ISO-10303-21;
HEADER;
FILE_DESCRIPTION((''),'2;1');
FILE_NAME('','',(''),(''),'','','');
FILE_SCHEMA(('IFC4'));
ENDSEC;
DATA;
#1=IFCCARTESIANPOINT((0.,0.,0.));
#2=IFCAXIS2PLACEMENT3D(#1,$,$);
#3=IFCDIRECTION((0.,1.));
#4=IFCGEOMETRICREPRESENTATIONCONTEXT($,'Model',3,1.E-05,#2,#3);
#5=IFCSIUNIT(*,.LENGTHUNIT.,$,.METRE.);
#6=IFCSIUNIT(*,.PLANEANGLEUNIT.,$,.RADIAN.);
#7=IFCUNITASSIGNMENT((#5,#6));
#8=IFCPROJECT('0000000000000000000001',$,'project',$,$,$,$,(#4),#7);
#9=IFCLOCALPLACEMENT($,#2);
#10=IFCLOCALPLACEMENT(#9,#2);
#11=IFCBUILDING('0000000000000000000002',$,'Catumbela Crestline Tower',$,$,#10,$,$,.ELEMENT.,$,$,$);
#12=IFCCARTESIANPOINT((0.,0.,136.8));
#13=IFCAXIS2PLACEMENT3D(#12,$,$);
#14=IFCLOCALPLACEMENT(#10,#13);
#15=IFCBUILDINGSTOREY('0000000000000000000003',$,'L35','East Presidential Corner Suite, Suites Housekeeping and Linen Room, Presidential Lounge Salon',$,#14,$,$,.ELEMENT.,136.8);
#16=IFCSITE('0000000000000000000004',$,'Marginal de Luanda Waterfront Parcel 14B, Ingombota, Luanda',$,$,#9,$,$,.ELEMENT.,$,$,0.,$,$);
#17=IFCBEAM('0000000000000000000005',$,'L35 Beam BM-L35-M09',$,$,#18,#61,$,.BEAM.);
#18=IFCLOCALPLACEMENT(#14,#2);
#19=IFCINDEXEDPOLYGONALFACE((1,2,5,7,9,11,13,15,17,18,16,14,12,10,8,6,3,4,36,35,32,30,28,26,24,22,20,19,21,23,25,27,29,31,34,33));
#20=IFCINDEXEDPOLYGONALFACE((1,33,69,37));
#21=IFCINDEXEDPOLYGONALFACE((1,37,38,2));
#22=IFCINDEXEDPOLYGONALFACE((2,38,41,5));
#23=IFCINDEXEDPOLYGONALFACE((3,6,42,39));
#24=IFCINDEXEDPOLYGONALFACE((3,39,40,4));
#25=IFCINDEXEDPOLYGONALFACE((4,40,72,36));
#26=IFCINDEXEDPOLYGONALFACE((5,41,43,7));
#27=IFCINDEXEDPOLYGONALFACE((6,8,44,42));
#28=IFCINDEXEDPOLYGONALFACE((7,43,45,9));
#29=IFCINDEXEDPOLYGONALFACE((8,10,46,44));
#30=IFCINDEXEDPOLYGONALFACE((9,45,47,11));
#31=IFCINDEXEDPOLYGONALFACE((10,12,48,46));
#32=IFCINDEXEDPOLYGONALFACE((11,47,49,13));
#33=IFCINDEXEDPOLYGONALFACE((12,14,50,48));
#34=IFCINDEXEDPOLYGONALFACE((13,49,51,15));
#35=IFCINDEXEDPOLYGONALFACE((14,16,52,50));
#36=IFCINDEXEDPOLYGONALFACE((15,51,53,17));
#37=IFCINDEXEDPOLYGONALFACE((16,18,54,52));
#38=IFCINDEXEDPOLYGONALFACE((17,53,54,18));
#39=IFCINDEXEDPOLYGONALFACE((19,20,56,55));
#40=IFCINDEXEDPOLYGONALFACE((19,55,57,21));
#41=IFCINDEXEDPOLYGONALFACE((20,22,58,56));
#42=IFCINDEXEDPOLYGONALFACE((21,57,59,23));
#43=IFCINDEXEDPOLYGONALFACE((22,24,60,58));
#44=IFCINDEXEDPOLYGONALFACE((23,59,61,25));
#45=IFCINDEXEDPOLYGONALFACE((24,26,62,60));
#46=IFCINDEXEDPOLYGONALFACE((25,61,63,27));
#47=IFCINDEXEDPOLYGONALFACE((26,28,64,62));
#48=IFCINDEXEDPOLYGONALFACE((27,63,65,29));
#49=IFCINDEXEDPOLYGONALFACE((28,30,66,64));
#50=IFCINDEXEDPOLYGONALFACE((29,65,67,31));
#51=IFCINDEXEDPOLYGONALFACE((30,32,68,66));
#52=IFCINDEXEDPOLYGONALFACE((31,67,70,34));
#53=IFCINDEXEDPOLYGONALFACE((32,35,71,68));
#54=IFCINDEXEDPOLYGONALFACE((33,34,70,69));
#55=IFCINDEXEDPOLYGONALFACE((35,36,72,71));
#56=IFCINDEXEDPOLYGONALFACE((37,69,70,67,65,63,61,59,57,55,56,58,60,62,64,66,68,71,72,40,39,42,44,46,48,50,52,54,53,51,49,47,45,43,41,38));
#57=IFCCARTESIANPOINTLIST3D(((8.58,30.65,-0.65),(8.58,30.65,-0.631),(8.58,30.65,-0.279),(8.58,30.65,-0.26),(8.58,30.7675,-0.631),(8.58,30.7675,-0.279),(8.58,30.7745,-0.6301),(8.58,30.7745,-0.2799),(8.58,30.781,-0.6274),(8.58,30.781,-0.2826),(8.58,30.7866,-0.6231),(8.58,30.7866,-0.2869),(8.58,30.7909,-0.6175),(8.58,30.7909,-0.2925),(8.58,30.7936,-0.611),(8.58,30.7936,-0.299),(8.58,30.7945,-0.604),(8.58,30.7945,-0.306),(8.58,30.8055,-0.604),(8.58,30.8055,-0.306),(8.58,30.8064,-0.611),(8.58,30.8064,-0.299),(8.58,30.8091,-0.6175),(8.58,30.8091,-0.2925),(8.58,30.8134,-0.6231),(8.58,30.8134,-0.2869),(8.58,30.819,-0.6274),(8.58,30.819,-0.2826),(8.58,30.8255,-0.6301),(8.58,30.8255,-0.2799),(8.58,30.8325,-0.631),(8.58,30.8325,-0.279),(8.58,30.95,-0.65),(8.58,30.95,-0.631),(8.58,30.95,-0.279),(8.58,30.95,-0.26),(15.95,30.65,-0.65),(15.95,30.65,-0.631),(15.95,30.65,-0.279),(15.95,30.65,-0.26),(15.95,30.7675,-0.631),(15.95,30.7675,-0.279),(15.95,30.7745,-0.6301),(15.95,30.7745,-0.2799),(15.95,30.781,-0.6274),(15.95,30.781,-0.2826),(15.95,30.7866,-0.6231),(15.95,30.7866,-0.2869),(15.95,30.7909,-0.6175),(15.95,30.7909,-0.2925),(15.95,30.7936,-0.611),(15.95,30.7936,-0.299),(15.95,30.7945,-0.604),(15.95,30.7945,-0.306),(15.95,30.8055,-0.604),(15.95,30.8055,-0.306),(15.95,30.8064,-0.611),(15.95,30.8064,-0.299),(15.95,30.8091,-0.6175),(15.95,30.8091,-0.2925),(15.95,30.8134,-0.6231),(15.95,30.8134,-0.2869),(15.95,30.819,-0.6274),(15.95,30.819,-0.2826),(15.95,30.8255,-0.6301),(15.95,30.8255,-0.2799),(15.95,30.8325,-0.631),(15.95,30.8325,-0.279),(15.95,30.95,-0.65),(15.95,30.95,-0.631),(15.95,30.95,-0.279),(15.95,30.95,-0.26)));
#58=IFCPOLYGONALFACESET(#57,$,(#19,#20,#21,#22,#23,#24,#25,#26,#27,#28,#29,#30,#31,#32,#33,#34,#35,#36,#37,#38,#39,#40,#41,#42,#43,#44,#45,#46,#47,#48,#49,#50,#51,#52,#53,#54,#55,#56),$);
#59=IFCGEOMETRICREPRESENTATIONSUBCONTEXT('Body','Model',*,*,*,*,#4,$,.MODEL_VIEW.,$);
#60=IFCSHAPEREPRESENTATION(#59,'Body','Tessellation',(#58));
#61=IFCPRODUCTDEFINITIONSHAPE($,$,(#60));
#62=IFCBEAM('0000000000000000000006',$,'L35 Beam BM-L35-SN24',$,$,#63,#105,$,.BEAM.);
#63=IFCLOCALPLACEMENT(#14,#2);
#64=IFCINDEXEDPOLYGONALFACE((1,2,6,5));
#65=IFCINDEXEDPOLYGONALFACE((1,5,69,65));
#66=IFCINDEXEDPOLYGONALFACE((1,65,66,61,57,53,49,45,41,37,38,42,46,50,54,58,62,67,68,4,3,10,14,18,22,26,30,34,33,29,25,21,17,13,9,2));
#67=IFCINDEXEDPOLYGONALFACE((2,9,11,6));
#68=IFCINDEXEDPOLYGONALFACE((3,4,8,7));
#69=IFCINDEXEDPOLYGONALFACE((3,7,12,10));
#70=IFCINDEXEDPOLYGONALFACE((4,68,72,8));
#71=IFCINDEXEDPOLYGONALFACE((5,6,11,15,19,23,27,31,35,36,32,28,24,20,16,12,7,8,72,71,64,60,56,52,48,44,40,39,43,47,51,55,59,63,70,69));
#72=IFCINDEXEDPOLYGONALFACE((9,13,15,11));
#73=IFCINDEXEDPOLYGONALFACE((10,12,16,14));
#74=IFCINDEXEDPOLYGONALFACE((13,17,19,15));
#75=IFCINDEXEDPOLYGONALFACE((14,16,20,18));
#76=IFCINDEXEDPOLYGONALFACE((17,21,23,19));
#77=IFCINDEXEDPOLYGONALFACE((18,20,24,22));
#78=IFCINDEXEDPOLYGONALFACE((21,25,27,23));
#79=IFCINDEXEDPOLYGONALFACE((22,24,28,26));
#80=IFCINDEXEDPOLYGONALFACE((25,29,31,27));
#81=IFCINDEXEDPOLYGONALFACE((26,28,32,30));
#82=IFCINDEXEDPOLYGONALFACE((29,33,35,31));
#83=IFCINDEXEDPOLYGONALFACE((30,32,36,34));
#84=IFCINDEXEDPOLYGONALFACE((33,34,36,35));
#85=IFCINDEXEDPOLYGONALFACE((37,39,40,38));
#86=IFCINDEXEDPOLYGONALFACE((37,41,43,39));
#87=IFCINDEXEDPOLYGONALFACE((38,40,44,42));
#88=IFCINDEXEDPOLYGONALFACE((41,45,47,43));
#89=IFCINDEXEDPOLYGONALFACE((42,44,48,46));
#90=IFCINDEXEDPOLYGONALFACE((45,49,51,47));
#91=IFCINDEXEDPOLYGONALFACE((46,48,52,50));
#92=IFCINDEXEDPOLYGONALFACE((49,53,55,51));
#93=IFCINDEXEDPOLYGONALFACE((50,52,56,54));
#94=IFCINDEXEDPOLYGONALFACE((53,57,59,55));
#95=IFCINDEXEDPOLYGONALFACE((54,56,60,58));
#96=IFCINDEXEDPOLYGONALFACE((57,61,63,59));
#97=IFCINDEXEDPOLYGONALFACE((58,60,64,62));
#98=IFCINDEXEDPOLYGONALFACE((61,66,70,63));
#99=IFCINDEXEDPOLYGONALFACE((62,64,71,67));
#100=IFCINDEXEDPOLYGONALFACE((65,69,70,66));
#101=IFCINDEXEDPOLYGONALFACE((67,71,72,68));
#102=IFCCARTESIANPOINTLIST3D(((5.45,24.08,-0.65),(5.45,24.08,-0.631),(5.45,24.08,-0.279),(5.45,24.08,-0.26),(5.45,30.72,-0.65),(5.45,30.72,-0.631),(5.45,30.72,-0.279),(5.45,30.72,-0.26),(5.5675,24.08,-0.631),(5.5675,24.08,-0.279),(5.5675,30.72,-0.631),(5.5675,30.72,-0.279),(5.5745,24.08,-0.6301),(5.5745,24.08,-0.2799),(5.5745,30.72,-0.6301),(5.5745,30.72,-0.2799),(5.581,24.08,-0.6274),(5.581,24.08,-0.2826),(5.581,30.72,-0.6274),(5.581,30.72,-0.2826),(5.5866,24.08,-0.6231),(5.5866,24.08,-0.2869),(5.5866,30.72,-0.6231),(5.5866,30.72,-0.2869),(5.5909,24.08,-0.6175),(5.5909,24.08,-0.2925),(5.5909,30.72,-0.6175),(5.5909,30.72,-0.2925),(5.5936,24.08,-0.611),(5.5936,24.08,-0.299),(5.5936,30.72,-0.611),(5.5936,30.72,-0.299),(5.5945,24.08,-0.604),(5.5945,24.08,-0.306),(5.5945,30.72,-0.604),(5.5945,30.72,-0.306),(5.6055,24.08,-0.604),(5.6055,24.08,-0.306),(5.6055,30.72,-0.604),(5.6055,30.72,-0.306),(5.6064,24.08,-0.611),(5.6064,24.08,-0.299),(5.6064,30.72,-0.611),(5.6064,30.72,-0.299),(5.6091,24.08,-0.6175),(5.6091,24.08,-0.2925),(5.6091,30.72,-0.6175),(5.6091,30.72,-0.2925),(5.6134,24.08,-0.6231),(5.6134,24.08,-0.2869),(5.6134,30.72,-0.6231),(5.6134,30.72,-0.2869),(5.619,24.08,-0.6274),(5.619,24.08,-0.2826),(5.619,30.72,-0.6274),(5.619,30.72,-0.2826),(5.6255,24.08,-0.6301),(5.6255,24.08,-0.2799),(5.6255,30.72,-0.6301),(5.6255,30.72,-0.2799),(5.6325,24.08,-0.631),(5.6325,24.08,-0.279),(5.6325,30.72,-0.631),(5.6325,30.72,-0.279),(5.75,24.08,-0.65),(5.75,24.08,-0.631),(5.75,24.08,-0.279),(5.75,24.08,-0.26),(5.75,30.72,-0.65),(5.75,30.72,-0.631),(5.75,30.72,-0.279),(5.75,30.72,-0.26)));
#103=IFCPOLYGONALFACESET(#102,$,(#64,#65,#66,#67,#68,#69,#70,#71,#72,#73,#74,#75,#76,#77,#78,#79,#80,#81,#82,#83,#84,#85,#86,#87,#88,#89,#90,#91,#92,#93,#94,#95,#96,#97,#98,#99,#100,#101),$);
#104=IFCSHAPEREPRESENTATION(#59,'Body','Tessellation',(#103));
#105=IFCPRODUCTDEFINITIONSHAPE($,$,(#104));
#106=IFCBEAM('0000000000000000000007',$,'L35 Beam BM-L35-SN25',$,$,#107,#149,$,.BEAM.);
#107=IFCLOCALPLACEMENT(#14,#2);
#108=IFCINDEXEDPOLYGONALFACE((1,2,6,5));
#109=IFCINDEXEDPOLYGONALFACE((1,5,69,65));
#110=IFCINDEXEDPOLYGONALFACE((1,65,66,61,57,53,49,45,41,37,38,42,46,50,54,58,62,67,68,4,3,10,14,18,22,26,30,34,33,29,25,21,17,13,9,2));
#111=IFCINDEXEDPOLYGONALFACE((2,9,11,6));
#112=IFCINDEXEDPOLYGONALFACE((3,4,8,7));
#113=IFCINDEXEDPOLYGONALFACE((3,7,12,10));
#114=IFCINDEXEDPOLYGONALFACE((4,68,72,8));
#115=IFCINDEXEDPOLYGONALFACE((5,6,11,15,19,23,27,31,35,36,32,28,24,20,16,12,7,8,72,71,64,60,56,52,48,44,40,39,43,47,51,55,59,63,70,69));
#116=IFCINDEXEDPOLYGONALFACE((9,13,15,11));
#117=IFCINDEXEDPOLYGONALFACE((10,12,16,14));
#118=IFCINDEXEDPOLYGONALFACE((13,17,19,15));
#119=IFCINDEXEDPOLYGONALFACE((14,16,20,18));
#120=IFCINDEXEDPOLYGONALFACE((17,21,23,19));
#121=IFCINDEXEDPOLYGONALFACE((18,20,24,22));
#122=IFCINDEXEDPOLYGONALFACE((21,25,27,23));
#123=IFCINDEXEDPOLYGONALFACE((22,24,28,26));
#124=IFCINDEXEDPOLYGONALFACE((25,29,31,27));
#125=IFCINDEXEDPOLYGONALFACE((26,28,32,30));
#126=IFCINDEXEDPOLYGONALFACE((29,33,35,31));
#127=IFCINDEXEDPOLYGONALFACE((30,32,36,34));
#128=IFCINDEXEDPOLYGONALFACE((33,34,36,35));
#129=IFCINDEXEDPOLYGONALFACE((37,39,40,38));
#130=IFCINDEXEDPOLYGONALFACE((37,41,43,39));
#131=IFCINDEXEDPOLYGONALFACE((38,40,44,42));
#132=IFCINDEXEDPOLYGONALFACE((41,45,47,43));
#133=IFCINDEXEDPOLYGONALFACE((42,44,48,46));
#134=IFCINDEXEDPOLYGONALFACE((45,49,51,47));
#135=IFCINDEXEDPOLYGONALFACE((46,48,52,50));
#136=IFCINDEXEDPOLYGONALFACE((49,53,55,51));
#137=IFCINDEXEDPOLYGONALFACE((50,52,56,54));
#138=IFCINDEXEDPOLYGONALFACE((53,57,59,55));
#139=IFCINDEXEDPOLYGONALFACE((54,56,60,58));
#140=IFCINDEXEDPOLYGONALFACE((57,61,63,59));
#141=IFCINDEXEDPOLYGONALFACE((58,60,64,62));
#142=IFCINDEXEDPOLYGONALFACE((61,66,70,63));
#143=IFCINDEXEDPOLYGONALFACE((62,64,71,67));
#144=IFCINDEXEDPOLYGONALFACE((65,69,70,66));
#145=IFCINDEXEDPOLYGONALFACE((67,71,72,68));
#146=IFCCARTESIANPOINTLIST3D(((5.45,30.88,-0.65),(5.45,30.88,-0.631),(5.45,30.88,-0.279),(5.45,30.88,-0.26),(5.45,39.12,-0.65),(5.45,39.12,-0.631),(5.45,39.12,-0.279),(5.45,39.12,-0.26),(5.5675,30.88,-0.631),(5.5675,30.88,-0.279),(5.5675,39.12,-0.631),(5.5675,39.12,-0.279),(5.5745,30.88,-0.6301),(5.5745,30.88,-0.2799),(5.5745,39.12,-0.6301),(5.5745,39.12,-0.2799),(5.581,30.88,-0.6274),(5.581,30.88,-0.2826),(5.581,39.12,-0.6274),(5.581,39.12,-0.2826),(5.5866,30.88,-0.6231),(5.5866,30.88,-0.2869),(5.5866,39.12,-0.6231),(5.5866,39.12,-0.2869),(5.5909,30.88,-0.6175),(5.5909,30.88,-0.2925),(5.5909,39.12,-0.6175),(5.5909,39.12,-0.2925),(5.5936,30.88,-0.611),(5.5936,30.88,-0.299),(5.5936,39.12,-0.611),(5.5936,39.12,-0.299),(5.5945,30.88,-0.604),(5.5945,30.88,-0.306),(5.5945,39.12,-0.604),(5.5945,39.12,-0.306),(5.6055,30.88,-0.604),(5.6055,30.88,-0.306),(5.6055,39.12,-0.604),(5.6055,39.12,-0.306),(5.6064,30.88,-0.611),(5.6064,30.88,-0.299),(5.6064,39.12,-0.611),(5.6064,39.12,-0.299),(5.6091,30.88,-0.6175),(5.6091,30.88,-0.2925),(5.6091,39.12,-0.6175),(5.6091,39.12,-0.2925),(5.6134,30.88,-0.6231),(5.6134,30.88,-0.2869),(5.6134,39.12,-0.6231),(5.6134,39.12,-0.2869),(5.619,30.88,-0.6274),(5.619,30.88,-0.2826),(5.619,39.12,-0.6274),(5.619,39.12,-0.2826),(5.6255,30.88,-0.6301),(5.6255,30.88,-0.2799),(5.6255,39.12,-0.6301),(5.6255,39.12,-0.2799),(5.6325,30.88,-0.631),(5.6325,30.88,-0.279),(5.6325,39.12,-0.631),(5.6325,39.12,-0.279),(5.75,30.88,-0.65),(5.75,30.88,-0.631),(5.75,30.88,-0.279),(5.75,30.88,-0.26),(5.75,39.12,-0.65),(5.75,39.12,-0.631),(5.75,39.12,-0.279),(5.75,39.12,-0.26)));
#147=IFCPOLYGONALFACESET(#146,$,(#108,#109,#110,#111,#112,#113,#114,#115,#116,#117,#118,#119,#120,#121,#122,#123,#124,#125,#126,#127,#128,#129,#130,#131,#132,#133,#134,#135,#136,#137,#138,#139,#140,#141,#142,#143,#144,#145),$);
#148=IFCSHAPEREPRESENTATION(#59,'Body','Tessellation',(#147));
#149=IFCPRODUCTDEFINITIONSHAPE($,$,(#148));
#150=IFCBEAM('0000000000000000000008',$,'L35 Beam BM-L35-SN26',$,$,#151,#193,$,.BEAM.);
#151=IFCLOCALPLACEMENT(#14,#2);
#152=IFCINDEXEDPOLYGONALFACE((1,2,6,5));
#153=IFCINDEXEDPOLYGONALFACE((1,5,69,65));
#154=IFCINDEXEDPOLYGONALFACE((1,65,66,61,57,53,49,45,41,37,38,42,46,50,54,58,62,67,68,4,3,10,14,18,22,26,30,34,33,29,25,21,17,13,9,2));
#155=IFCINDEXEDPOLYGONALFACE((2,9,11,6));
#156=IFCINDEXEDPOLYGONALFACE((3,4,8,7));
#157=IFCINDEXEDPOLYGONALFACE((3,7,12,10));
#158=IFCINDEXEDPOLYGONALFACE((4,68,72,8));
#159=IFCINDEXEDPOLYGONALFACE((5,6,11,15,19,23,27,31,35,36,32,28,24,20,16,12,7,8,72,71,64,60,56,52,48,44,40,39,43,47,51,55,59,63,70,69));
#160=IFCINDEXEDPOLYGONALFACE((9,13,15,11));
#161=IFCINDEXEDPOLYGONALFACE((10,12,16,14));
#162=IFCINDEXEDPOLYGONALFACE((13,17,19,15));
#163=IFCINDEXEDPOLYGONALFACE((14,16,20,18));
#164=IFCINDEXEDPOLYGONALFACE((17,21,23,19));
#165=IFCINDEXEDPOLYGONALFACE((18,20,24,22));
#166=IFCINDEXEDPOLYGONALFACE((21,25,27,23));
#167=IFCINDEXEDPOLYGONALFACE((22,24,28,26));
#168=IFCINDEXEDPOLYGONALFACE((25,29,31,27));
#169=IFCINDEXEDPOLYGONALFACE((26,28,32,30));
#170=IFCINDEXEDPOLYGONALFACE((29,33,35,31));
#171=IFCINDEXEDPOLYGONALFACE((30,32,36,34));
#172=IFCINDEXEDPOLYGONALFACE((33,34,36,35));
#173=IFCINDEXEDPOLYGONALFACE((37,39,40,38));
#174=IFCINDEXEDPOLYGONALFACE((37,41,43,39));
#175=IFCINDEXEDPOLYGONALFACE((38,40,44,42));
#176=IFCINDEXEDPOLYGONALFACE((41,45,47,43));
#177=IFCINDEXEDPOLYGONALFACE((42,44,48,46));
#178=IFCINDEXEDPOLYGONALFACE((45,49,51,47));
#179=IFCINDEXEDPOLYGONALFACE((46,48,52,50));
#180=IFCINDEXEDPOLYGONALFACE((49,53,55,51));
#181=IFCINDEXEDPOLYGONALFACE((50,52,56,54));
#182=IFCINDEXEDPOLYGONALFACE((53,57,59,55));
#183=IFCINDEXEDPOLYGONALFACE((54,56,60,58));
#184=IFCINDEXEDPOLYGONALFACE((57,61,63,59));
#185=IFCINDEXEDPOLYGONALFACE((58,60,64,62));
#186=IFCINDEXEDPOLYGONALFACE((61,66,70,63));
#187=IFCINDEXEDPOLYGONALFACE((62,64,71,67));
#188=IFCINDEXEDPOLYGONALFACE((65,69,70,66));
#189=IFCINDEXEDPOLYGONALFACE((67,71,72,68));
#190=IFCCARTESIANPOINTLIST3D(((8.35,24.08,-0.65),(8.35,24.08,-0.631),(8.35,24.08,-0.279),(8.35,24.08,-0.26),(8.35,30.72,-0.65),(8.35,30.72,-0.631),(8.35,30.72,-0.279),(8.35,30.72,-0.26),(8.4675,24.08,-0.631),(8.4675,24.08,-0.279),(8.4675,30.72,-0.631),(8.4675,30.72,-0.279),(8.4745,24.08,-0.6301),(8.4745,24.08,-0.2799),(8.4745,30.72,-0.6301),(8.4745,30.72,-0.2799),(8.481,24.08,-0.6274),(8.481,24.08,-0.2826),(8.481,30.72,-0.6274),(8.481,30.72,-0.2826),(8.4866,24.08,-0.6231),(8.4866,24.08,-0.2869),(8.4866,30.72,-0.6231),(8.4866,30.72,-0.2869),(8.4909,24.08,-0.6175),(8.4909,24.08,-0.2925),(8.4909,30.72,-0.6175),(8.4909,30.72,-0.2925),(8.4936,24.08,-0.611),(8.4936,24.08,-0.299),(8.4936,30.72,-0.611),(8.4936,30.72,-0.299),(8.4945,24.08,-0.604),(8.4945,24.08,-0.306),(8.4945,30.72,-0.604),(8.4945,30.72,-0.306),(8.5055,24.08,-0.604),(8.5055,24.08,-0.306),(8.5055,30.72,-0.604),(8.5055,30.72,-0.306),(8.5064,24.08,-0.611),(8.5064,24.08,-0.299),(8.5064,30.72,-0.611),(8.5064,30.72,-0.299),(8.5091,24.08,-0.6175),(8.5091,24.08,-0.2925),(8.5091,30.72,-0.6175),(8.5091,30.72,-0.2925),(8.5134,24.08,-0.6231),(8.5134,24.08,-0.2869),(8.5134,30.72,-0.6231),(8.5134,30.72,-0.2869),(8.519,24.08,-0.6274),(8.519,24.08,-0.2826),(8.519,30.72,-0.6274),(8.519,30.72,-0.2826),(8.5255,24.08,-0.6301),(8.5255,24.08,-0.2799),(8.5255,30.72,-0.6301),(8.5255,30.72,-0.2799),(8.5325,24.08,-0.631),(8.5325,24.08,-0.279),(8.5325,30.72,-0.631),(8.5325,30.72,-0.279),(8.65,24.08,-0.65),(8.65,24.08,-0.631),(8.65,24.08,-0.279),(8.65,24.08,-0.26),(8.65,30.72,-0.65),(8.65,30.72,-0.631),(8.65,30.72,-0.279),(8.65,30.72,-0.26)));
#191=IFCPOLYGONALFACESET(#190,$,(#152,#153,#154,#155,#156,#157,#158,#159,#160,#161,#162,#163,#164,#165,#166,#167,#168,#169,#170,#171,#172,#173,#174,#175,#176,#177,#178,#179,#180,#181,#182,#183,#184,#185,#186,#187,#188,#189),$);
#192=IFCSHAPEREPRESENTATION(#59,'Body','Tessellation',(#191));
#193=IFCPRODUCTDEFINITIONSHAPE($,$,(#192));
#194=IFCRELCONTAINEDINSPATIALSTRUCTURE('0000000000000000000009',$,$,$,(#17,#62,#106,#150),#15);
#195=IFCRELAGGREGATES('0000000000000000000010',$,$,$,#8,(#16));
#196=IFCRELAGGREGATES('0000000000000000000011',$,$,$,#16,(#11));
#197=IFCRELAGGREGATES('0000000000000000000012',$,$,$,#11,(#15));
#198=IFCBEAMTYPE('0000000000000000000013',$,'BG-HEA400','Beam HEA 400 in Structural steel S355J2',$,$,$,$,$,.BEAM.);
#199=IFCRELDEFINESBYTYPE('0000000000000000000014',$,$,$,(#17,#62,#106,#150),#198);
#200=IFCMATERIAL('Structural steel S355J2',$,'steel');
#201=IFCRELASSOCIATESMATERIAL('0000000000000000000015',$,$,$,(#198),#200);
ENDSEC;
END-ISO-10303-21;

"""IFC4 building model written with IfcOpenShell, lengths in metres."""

from ifc_helpers import new_model, si_unit, direction, frame, origin, origin_2d, place, context, subcontext, project, spatial, i_section, extrude, material, material_profile, profile_set, type_object, element, save


model = new_model("IFC4")

# Units and contexts
model_context = context("Model", 3, precision=1e-05, world=origin(), true_north=direction((0.0, 1.0)))
body_context = subcontext(model_context, "Body", "Model", "MODEL_VIEW")
ifc_project = project(units=[si_unit("LENGTHUNIT", "METRE"), si_unit("PLANEANGLEUNIT", "RADIAN")], contexts=[model_context])

# Site, building, storey
site_placement = place(None, origin())
site = spatial("IfcSite", under=ifc_project, at=site_placement, Name="Marginal de Luanda Waterfront Parcel 14B, Ingombota, Luanda", CompositionType="ELEMENT", RefElevation=0.0)
building_placement = place(site_placement, origin())
building = spatial("IfcBuilding", under=site, at=building_placement, Name="Catumbela Crestline Tower", CompositionType="ELEMENT")
storey_placement = place(building_placement, frame((0.0, 0.0, 136.8)))
storey = spatial("IfcBuildingStorey", under=building, at=storey_placement, Name="L35", Description="East Presidential Corner Suite, Suites Housekeeping and Linen Room, Presidential Lounge Salon", CompositionType="ELEMENT", Elevation=136.8)

# Beams
ifc_material_1 = material(Name="Structural steel S355J2", Category="steel")
ifc_material_profile_1 = material_profile(ifc_material_1, i_section(OverallWidth=0.3, OverallDepth=0.39, WebThickness=0.011, FlangeThickness=0.019, FilletRadius=0.027, at=origin_2d()), Name="HEA 400")
ifc_profile_set_1 = profile_set([ifc_material_profile_1], Name="Structural steel S355J2")
beam_type = type_object("IfcBeamType", Name="BG-HEA400", Description="Beam HEA 400 in Structural steel S355J2", PredefinedType="BEAM", material=ifc_profile_set_1)
beam_1_placement = place(storey_placement, frame((8.58, 30.8, -0.455), z_axis=(1.0, 0.0, 0.0), x_axis=(0.0, 1.0, 0.0)))
element("IfcBeam", 1, at=beam_1_placement, inside=storey, type_object=beam_type, Name="L35 Beam BM-L35-M09", PredefinedType="BEAM", context=body_context, shape_type="SweptSolid", body=[
    extrude(i_section(OverallWidth=0.3, OverallDepth=0.39, WebThickness=0.011, FlangeThickness=0.019, FilletRadius=0.027, at=origin_2d()), origin(), (0.0, 0.0, 1.0), 7.37),
])
beam_2_placement = place(storey_placement, frame((5.6, 24.08, -0.455), z_axis=(0.0, 1.0, 0.0), x_axis=(-1.0, 0.0, 0.0)))
element("IfcBeam", 2, at=beam_2_placement, inside=storey, type_object=beam_type, Name="L35 Beam BM-L35-SN24", PredefinedType="BEAM", context=body_context, shape_type="SweptSolid", body=[
    extrude(i_section(OverallWidth=0.3, OverallDepth=0.39, WebThickness=0.011, FlangeThickness=0.019, FilletRadius=0.027, at=origin_2d()), origin(), (0.0, 0.0, 1.0), 6.64),
])
beam_3_placement = place(storey_placement, frame((5.6, 30.88, -0.455), z_axis=(0.0, 1.0, 0.0), x_axis=(-1.0, 0.0, 0.0)))
element("IfcBeam", 3, at=beam_3_placement, inside=storey, type_object=beam_type, Name="L35 Beam BM-L35-SN25", PredefinedType="BEAM", context=body_context, shape_type="SweptSolid", body=[
    extrude(i_section(OverallWidth=0.3, OverallDepth=0.39, WebThickness=0.011, FlangeThickness=0.019, FilletRadius=0.027, at=origin_2d()), origin(), (0.0, 0.0, 1.0), 8.24),
])
beam_4_placement = place(storey_placement, frame((8.5, 24.08, -0.455), z_axis=(0.0, 1.0, 0.0), x_axis=(-1.0, 0.0, 0.0)))
element("IfcBeam", 4, at=beam_4_placement, inside=storey, type_object=beam_type, Name="L35 Beam BM-L35-SN26", PredefinedType="BEAM", context=body_context, shape_type="SweptSolid", body=[
    extrude(i_section(OverallWidth=0.3, OverallDepth=0.39, WebThickness=0.011, FlangeThickness=0.019, FilletRadius=0.027, at=origin_2d()), origin(), (0.0, 0.0, 1.0), 6.64),
])

save(model, "model.ifc")
